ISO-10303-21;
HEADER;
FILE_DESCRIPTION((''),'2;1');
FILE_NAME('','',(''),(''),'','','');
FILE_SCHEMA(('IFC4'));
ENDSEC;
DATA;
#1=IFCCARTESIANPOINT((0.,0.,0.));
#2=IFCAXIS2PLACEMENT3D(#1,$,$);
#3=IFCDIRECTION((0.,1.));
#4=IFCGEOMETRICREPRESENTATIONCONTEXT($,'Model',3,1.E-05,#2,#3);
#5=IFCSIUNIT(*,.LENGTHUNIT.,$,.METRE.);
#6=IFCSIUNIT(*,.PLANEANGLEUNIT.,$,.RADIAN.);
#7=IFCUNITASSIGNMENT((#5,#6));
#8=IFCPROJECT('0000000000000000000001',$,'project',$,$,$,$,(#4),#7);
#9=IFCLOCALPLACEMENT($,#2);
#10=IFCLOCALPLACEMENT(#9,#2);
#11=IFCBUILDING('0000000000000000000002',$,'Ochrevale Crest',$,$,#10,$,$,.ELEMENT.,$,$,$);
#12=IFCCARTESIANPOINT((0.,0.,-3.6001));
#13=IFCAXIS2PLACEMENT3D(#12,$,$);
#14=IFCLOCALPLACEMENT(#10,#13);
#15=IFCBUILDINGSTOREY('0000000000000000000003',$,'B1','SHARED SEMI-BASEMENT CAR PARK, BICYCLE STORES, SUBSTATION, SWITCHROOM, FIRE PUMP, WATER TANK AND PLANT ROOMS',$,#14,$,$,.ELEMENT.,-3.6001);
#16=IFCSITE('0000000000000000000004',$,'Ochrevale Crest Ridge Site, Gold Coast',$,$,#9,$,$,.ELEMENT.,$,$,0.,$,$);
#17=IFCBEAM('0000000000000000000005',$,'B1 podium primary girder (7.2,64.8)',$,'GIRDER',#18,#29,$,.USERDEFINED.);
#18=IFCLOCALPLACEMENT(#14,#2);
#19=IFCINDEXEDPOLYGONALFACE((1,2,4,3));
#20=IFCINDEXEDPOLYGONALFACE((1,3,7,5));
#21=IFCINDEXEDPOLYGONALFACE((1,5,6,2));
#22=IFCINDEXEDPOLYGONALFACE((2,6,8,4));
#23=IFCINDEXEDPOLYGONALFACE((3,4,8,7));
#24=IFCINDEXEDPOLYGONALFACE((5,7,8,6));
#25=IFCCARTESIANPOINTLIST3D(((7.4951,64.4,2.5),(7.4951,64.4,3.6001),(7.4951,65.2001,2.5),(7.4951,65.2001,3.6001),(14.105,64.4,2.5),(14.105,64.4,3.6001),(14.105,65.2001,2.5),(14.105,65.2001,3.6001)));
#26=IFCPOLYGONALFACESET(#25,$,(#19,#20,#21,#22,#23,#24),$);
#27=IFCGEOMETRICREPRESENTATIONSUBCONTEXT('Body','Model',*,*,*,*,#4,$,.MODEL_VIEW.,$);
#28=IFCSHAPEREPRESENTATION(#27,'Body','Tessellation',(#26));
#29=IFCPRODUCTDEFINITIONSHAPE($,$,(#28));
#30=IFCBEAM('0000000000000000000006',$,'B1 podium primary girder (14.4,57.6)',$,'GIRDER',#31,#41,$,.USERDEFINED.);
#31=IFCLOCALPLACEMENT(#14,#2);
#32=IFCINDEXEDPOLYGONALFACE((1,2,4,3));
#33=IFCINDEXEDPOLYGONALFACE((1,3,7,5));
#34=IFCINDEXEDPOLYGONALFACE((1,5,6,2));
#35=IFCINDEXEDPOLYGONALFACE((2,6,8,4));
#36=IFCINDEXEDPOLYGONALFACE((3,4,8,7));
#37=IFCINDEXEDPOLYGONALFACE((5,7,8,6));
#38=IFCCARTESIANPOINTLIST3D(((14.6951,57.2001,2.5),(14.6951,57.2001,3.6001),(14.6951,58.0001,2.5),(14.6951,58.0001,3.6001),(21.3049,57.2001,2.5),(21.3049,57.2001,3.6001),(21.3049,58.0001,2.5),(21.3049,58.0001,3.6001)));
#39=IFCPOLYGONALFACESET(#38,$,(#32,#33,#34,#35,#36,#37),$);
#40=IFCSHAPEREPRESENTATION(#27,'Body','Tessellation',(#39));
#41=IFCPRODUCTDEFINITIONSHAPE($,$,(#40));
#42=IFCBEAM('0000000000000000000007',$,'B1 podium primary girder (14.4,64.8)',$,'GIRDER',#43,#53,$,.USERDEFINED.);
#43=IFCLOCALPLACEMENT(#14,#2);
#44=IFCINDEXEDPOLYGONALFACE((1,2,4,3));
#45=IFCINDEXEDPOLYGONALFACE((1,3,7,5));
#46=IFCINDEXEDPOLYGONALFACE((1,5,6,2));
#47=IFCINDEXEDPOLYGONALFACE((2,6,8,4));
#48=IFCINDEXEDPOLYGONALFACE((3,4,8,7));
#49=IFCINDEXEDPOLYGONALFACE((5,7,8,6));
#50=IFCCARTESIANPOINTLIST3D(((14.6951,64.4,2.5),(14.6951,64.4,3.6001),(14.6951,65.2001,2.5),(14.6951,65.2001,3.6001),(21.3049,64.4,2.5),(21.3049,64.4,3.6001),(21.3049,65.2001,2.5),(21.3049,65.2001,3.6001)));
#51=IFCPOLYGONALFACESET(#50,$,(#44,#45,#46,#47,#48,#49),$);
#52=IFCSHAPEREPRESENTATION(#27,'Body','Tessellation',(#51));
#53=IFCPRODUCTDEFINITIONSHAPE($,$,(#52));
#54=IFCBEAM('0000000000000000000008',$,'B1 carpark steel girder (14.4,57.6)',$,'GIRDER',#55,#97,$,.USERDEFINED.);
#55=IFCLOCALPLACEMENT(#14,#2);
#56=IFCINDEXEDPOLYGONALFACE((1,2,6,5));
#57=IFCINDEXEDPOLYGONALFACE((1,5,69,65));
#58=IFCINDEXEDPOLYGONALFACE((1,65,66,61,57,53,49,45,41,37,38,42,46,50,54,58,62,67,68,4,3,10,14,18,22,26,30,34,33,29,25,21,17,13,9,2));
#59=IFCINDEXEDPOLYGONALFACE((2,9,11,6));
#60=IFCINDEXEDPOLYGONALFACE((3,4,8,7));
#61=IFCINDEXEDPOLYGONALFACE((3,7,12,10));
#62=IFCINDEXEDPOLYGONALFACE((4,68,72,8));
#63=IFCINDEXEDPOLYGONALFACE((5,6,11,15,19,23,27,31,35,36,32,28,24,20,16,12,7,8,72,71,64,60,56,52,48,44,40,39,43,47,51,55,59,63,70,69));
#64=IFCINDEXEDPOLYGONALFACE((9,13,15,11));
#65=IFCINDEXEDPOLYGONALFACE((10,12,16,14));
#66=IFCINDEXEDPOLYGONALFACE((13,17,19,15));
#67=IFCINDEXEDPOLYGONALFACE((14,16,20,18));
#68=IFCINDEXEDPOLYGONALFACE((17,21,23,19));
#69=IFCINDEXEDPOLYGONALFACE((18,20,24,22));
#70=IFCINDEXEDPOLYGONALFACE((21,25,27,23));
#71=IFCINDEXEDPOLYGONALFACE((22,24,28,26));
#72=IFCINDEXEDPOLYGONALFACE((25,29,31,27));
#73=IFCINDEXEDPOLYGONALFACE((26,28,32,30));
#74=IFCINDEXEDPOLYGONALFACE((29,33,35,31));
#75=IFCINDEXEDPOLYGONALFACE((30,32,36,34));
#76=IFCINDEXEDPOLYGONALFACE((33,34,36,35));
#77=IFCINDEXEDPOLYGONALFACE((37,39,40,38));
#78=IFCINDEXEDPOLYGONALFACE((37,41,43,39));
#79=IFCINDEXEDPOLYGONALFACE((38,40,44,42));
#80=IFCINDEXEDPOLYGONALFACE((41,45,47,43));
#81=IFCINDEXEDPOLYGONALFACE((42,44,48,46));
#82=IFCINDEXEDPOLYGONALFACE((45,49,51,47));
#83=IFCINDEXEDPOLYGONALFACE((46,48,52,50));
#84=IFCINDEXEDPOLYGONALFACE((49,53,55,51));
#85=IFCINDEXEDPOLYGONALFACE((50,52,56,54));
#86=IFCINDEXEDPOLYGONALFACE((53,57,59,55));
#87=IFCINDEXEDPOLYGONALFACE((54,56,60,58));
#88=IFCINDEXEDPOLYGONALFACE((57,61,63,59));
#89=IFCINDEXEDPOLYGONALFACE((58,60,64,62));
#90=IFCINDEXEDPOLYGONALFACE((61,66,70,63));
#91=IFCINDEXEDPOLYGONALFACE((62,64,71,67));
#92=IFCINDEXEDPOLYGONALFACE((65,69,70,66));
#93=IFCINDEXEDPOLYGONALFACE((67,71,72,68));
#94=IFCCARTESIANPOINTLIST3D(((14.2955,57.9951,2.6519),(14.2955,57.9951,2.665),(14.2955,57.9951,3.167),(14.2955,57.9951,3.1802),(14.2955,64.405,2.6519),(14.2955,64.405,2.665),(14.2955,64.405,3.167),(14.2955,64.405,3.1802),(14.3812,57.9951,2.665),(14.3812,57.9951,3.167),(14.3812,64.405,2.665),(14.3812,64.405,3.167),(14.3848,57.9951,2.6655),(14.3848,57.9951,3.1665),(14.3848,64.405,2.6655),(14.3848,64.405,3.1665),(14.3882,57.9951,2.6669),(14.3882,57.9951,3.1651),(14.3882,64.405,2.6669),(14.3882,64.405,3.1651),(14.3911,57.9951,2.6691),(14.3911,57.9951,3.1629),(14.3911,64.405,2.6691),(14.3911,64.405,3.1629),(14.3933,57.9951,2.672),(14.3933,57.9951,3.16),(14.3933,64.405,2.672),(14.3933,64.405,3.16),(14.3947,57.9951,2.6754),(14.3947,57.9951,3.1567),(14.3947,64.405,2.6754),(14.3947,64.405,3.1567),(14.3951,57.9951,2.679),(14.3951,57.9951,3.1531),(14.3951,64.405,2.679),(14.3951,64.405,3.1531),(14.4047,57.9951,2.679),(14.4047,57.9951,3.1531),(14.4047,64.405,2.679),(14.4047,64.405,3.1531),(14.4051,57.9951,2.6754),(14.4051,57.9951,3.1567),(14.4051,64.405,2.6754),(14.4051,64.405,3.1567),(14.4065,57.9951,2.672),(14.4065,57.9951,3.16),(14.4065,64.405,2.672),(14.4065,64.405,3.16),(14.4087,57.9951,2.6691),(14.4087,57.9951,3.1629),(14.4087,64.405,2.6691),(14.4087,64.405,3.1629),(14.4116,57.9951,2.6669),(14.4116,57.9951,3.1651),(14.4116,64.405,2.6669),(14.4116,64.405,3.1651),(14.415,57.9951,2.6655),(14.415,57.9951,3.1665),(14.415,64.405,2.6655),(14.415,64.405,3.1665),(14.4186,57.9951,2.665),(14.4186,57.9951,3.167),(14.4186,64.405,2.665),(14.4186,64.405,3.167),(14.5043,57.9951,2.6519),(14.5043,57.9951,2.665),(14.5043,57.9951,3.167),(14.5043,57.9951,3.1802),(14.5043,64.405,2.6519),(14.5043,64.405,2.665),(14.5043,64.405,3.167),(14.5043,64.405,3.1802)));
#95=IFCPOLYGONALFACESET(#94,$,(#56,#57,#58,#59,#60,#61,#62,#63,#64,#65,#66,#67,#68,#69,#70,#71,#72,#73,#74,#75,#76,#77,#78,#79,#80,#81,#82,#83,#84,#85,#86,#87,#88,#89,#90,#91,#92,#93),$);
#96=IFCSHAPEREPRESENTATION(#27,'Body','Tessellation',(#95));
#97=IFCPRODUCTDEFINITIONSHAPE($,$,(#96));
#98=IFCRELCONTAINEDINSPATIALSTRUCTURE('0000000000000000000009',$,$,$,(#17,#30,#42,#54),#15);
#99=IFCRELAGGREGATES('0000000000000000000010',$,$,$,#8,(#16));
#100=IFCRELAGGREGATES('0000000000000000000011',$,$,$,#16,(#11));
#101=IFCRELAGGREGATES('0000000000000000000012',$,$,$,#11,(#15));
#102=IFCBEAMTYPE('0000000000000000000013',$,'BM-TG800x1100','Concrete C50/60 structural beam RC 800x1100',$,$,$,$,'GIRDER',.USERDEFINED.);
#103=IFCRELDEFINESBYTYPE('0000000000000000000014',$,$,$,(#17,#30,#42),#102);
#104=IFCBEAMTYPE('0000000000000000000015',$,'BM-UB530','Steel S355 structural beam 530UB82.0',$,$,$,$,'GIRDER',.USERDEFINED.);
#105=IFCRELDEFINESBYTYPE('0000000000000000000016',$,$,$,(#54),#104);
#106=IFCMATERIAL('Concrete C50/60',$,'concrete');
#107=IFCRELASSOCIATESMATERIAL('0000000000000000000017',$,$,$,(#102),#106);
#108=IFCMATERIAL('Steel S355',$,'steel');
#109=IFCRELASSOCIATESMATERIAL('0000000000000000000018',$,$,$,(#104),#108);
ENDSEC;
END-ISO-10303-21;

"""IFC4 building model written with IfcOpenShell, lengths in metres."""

from ifc_helpers import new_model, si_unit, direction, frame, origin, origin_2d, place, context, subcontext, project, spatial, rectangle, i_section, extrude, material, material_profile, profile_set, type_object, element, save


model = new_model("IFC4")

# Units and contexts
model_context = context("Model", 3, precision=1e-05, world=origin(), true_north=direction((0.0, 1.0)))
body_context = subcontext(model_context, "Body", "Model", "MODEL_VIEW")
ifc_project = project(units=[si_unit("LENGTHUNIT", "METRE"), si_unit("PLANEANGLEUNIT", "RADIAN")], contexts=[model_context])

# Site, building, storey
site_placement = place(None, origin())
site = spatial("IfcSite", under=ifc_project, at=site_placement, Name="Ochrevale Crest Ridge Site, Gold Coast", CompositionType="ELEMENT", RefElevation=0.0)
building_placement = place(site_placement, origin())
building = spatial("IfcBuilding", under=site, at=building_placement, Name="Ochrevale Crest", CompositionType="ELEMENT")
storey_placement = place(building_placement, frame((0.0, 0.0, -3.6001)))
storey = spatial("IfcBuildingStorey", under=building, at=storey_placement, Name="B1", Description="SHARED SEMI-BASEMENT CAR PARK, BICYCLE STORES, SUBSTATION, SWITCHROOM, FIRE PUMP, WATER TANK AND PLANT ROOMS", CompositionType="ELEMENT", Elevation=-3.6001)

# Shared definitions
ifc_material_1 = material(Name="Concrete C50/60", Category="concrete")

# Beams
ifc_material_profile_1 = material_profile(ifc_material_1, rectangle(XDim=0.8, YDim=1.1001, at=origin_2d()), Name="RC 800x1100")
ifc_profile_set_1 = profile_set([ifc_material_profile_1], Name="Concrete C50/60")
beam_type_1 = type_object("IfcBeamType", Name="BM-TG800x1100", Description="Concrete C50/60 structural beam RC 800x1100", ElementType="GIRDER", PredefinedType="USERDEFINED", material=ifc_profile_set_1)
for number, where, z_axis, x_axis, name in (
    (1, (7.4951, 64.8, 3.05), (1.0, 0.0, 0.0), (0.0, 1.0, 0.0), "B1 podium primary girder (7.2,64.8)"),
    (2, (14.6951, 57.6001, 3.05), (1.0, 0.0, 0.0), (0.0, 1.0, 0.0), "B1 podium primary girder (14.4,57.6)"),
    (3, (14.6951, 64.8, 3.05), (1.0, 0.0, 0.0), (0.0, 1.0, 0.0), "B1 podium primary girder (14.4,64.8)"),
):
    element("IfcBeam", number, at=place(storey_placement, frame(where, z_axis=z_axis, x_axis=x_axis)), inside=storey, type_object=beam_type_1, Name=name, ObjectType="GIRDER", PredefinedType="USERDEFINED", context=body_context, shape_type="SweptSolid", body=[
        extrude(rectangle(XDim=0.8, YDim=1.1001, at=origin_2d()), origin(), (0.0, 0.0, 1.0), 6.6099),
    ])
ifc_material_2 = material(Name="Steel S355", Category="steel")
ifc_material_profile_2 = material_profile(ifc_material_2, i_section(OverallWidth=0.2087, OverallDepth=0.5283, WebThickness=0.0095, FlangeThickness=0.0132, FilletRadius=0.0139, at=origin_2d()), Name="530UB82.0")
ifc_profile_set_2 = profile_set([ifc_material_profile_2], Name="Steel S355")
beam_type_2 = type_object("IfcBeamType", Name="BM-UB530", Description="Steel S355 structural beam 530UB82.0", ElementType="GIRDER", PredefinedType="USERDEFINED", material=ifc_profile_set_2)
beam_placement = place(storey_placement, frame((14.3999, 57.9951, 2.916), z_axis=(0.0, 1.0, 0.0), x_axis=(-1.0, 0.0, 0.0)))
element("IfcBeam", 4, at=beam_placement, inside=storey, type_object=beam_type_2, Name="B1 carpark steel girder (14.4,57.6)", ObjectType="GIRDER", PredefinedType="USERDEFINED", context=body_context, shape_type="SweptSolid", body=[
    extrude(i_section(OverallWidth=0.2087, OverallDepth=0.5283, WebThickness=0.0095, FlangeThickness=0.0132, FilletRadius=0.0139, at=origin_2d()), origin(), (0.0, 0.0, 1.0), 6.4099),
])

save(model, "model.ifc")
